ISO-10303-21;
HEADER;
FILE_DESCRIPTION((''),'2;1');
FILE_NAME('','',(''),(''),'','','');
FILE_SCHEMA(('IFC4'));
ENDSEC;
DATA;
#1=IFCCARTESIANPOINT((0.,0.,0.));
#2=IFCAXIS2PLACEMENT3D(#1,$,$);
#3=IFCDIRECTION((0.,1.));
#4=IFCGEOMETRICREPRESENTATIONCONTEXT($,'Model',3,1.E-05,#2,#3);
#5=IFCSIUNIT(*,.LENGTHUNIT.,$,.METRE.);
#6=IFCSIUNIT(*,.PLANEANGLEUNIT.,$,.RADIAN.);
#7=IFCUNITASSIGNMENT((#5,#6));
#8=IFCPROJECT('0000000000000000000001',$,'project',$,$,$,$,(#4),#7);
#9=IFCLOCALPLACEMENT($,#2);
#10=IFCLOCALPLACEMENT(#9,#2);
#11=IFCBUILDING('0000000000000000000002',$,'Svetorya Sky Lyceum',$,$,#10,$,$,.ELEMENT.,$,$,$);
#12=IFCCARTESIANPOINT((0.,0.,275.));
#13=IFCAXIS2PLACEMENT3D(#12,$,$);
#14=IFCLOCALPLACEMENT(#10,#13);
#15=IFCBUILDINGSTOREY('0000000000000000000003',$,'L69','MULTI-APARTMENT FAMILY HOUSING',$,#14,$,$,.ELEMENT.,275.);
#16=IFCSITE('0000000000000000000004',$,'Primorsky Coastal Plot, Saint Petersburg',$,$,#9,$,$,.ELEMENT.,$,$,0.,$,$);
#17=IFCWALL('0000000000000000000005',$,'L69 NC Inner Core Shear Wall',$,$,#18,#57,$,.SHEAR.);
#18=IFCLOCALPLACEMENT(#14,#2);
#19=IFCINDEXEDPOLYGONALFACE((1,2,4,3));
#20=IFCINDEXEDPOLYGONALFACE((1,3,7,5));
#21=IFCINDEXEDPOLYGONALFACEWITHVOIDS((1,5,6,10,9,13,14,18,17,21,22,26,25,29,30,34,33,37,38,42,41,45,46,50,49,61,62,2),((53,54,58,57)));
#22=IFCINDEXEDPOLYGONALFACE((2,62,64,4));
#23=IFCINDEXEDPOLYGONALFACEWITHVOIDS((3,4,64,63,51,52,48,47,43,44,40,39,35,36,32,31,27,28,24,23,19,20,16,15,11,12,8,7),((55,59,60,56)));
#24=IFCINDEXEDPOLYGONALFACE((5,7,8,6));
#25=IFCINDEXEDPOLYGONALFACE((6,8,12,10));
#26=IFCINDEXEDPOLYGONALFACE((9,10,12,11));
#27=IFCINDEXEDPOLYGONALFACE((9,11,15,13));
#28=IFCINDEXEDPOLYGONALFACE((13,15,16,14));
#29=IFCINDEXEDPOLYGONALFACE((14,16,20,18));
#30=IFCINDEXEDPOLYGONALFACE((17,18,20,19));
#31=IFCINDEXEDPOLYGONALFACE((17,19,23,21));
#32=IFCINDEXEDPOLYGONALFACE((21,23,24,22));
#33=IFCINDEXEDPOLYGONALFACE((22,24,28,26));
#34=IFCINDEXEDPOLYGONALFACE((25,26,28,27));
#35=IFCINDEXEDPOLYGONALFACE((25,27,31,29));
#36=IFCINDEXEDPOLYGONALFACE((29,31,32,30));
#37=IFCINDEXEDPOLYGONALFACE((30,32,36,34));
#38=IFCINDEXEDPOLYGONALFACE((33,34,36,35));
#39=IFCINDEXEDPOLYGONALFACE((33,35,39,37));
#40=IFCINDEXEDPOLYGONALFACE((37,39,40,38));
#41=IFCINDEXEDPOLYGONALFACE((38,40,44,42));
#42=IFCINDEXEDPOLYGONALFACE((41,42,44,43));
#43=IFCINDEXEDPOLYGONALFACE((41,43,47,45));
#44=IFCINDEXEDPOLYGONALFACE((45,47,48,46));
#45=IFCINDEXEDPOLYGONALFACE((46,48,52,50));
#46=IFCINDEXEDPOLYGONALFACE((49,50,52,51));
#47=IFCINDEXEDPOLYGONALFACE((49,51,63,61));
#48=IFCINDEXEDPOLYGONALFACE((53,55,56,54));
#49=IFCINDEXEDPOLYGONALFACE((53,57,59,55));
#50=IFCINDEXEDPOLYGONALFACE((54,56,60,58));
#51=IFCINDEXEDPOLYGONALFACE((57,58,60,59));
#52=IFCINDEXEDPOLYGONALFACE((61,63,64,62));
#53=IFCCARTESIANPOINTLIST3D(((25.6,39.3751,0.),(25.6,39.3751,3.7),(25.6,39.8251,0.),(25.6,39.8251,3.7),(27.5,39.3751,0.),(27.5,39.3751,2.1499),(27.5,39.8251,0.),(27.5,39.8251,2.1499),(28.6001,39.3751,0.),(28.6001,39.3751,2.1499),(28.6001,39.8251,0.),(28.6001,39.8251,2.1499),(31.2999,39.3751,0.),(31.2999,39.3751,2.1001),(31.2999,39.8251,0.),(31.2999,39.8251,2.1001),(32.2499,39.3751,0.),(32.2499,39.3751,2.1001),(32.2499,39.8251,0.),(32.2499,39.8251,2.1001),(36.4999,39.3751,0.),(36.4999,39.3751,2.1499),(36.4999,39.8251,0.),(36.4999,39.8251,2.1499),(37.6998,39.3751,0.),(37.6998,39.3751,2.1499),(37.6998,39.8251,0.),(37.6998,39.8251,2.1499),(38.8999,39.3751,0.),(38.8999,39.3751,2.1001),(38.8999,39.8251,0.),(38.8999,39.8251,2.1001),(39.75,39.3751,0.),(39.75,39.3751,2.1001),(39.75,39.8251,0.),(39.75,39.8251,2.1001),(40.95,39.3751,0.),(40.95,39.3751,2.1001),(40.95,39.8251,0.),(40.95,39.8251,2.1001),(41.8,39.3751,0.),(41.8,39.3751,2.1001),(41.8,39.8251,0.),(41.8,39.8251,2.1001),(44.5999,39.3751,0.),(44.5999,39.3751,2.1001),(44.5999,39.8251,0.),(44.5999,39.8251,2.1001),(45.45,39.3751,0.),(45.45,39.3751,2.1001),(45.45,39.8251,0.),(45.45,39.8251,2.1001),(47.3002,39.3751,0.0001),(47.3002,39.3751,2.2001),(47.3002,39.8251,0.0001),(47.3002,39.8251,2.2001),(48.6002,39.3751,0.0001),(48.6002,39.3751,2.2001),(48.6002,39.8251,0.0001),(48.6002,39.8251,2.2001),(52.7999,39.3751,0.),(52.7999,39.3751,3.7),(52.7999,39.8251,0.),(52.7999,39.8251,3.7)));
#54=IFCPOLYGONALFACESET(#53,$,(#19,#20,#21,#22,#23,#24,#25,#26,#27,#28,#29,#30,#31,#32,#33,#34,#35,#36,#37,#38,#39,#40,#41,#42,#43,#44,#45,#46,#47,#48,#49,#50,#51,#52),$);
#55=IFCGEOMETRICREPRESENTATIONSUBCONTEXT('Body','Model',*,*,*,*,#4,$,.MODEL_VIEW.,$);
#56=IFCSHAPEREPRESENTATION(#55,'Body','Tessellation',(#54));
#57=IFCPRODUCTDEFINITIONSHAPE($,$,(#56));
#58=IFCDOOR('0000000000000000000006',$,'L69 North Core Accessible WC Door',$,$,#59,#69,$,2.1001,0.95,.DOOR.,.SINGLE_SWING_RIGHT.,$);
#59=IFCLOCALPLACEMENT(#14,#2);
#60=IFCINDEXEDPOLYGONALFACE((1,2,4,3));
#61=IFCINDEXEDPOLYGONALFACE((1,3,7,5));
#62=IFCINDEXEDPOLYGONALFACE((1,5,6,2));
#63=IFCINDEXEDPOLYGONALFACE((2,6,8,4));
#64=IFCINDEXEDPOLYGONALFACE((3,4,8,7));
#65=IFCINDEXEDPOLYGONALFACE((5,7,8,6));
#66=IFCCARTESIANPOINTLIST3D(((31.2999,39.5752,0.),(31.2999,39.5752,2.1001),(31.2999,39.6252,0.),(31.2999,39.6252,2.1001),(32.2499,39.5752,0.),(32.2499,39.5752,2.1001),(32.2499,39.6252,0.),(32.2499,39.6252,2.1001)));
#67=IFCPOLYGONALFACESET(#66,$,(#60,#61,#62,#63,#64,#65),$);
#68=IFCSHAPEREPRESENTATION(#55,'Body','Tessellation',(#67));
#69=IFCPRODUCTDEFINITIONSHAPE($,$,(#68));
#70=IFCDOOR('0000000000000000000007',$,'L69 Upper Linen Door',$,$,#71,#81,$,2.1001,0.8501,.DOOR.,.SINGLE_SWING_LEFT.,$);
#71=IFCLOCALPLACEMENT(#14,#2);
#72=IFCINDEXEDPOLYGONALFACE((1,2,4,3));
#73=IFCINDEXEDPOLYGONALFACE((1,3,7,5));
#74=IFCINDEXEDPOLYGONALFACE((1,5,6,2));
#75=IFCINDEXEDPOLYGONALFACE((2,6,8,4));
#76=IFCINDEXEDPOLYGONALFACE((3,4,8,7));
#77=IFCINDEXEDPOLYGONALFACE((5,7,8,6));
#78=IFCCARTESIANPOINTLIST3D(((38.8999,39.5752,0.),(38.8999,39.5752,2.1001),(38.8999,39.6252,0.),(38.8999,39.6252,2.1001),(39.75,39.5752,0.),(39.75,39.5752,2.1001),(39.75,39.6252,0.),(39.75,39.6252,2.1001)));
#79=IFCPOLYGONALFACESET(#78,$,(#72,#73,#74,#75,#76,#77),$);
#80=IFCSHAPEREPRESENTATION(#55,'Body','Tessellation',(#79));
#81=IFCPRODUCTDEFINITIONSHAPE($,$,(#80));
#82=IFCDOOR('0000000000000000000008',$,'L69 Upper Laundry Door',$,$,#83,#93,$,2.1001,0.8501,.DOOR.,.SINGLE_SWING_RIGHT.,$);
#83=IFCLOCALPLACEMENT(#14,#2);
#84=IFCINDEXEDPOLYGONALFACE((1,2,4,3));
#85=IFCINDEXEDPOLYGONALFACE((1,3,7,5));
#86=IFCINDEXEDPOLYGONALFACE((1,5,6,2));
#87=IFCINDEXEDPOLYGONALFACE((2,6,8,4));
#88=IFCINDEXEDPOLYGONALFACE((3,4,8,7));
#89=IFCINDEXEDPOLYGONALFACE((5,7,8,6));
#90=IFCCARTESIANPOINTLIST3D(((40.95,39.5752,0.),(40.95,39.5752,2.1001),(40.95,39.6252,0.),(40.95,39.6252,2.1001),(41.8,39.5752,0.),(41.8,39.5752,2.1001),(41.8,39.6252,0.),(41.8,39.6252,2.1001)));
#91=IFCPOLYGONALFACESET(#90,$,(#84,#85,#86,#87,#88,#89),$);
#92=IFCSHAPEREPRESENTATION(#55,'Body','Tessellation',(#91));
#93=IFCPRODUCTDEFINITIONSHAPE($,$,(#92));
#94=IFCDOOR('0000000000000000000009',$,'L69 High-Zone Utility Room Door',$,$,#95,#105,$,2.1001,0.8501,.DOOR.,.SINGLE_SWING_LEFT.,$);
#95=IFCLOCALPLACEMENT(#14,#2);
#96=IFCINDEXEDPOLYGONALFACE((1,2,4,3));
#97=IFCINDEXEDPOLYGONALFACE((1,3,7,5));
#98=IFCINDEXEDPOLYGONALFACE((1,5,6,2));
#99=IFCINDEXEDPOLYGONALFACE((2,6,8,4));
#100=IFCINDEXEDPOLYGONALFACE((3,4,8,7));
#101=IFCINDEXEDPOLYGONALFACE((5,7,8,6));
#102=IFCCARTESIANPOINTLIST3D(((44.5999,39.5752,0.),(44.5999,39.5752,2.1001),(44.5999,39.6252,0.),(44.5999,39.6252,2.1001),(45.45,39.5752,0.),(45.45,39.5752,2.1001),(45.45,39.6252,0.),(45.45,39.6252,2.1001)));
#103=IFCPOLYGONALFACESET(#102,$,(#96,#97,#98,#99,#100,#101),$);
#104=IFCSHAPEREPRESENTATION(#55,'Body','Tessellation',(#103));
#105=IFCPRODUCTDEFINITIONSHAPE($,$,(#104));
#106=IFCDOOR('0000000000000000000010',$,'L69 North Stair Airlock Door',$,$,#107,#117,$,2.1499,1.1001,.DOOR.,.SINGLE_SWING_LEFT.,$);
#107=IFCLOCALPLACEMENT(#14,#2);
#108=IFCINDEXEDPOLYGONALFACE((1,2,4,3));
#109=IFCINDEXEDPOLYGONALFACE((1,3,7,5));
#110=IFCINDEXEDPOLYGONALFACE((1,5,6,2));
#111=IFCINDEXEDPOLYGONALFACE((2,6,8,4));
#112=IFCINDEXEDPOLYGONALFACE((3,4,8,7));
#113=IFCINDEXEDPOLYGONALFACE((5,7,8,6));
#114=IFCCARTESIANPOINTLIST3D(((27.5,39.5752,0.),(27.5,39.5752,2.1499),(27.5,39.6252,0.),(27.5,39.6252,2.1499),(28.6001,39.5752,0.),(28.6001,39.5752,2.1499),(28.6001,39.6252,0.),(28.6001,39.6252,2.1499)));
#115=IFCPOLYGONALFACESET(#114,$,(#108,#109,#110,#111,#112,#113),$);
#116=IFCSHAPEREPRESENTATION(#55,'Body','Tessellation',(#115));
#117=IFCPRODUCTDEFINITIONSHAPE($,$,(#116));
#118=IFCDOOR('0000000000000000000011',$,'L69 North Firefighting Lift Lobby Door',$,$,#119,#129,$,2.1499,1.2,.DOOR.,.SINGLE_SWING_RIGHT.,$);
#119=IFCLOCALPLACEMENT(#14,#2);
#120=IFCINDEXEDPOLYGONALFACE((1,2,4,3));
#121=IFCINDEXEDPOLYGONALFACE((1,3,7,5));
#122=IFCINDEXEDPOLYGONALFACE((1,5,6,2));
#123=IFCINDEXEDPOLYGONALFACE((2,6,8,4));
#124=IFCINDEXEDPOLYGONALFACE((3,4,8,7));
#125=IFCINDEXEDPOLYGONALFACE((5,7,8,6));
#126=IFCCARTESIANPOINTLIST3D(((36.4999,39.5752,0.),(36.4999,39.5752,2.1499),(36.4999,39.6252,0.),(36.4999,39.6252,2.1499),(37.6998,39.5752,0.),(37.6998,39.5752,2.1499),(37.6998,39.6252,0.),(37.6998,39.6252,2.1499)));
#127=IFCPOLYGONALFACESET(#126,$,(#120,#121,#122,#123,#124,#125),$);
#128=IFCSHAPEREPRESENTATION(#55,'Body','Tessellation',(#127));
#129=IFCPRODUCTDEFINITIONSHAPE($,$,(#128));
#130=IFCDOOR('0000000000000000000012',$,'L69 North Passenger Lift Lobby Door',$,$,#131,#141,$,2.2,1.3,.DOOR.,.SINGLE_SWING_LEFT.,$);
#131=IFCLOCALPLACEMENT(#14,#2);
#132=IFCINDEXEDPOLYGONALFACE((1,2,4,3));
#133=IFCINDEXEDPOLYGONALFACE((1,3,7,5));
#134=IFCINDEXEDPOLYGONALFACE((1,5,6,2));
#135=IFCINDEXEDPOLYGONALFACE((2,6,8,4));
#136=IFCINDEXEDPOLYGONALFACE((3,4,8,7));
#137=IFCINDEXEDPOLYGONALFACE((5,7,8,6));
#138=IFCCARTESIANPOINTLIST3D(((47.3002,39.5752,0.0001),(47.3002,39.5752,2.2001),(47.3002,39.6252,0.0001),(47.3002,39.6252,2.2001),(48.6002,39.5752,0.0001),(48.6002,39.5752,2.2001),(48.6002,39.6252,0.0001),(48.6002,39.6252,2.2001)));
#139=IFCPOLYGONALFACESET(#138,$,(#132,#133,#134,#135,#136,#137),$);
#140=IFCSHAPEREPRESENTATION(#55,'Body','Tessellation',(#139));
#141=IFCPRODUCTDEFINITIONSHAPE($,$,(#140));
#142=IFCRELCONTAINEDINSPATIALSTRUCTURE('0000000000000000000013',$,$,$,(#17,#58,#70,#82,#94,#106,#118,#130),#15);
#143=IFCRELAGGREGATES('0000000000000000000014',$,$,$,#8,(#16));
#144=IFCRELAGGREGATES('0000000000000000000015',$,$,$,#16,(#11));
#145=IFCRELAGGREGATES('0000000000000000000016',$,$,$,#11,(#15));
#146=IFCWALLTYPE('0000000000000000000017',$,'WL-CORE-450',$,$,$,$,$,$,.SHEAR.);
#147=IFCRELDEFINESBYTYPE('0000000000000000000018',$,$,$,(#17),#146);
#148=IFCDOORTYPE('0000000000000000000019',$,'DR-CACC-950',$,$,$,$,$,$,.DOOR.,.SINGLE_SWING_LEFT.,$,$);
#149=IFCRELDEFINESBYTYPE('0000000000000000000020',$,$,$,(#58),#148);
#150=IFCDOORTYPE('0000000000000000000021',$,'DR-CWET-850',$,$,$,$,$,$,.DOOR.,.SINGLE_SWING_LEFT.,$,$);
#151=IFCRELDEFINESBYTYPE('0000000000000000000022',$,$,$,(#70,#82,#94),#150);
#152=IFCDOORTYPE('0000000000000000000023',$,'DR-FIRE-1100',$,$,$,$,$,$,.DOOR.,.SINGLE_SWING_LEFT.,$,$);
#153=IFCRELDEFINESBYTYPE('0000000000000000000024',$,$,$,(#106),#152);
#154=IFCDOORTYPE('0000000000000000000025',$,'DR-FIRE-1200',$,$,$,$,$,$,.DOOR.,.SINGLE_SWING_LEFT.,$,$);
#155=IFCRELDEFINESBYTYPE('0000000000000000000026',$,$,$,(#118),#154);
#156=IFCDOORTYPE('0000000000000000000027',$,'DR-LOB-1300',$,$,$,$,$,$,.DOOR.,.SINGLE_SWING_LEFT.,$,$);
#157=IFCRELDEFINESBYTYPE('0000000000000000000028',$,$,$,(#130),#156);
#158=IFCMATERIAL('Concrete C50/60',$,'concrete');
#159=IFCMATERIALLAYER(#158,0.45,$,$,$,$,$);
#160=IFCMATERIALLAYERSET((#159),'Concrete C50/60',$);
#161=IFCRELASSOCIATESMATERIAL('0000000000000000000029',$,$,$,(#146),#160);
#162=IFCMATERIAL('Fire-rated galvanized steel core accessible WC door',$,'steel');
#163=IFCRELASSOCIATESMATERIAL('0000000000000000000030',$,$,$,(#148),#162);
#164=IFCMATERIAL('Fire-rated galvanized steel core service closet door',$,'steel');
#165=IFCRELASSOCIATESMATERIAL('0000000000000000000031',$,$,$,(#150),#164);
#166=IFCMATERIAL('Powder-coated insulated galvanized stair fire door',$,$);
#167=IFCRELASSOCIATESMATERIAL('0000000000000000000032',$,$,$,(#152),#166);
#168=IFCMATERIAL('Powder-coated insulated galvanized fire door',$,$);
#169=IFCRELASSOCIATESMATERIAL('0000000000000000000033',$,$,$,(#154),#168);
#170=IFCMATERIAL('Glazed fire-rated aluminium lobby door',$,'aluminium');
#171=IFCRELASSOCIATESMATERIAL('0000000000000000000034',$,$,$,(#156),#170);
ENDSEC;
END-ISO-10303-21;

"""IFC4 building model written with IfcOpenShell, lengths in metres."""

from ifc_helpers import new_model, si_unit, direction, frame, frame_2d, origin, place, context, subcontext, project, spatial, rectangle, extrude, material, layer, layer_set, type_object, element, fill, save


model = new_model("IFC4")

# Units and contexts
model_context = context("Model", 3, precision=1e-05, world=origin(), true_north=direction((0.0, 1.0)))
body_context = subcontext(model_context, "Body", "Model", "MODEL_VIEW")
ifc_project = project(units=[si_unit("LENGTHUNIT", "METRE"), si_unit("PLANEANGLEUNIT", "RADIAN")], contexts=[model_context])

# Site, building, storey
site_placement = place(None, origin())
site = spatial("IfcSite", under=ifc_project, at=site_placement, Name="Primorsky Coastal Plot, Saint Petersburg", CompositionType="ELEMENT", RefElevation=0.0)
building_placement = place(site_placement, origin())
building = spatial("IfcBuilding", under=site, at=building_placement, Name="Svetorya Sky Lyceum", CompositionType="ELEMENT")
storey_placement = place(building_placement, frame((0.0, 0.0, 275.0)))
storey = spatial("IfcBuildingStorey", under=building, at=storey_placement, Name="L69", Description="MULTI-APARTMENT FAMILY HOUSING", CompositionType="ELEMENT", Elevation=275.0)

# Shared definitions
ifc_material_1 = material(Name="Concrete C50/60", Category="concrete")

# Shared definitions
ifc_layer_1 = layer(ifc_material_1, 0.45)
ifc_layer_set_1 = layer_set([ifc_layer_1], Name="Concrete C50/60")
wall_type_1 = type_object("IfcWallType", Name="WL-CORE-450", PredefinedType="SHEAR", material=ifc_layer_set_1)

# Wall, openings, doors
wall_1_placement = place(storey_placement, frame((52.8, 39.6001, 0.0), z_axis=(0.0, 0.0, 1.0), x_axis=(-1.0, 0.0, 0.0)))
wall_1 = element("IfcWall", 1, at=wall_1_placement, inside=storey, type_object=wall_type_1, Name="L69 NC Inner Core Shear Wall", PredefinedType="SHEAR", context=body_context, shape_type="SweptSolid", body=[
    extrude(rectangle(XDim=27.2, YDim=0.45, at=frame_2d((13.6001, 0.0))), origin(), (0.0, 0.0, 1.0), 3.7),
])
opening_1_placement = place(wall_1_placement, frame((24.2, 0.0, 0.0)))
opening_1 = element("IfcOpeningElement", 2, at=opening_1_placement, cuts=wall_1, PredefinedType="OPENING", context=body_context, shape_type="SweptSolid", body=[
    extrude(rectangle(XDim=1.1001, YDim=2.1499, at=frame_2d((0.55, 1.075))), frame((0.0, 0.2349, 0.0), z_axis=(0.0, -1.0, 0.0), x_axis=(1.0, 0.0, 0.0)), (0.0, 0.0, 1.0), 0.47),
])
opening_2_placement = place(wall_1_placement, frame((20.55, 0.0, 0.0)))
opening_2 = element("IfcOpeningElement", 3, at=opening_2_placement, cuts=wall_1, PredefinedType="OPENING", context=body_context, shape_type="SweptSolid", body=[
    extrude(rectangle(XDim=0.95, YDim=2.1001, at=frame_2d((0.4751, 1.05))), frame((0.0, 0.2349, 0.0), z_axis=(0.0, -1.0, 0.0), x_axis=(1.0, 0.0, 0.0)), (0.0, 0.0, 1.0), 0.47),
])
opening_3_placement = place(wall_1_placement, frame((15.1001, 0.0, 0.0)))
opening_3 = element("IfcOpeningElement", 4, at=opening_3_placement, cuts=wall_1, PredefinedType="OPENING", context=body_context, shape_type="SweptSolid", body=[
    extrude(rectangle(XDim=1.2, YDim=2.1499, at=frame_2d((0.6001, 1.075))), frame((0.0, 0.2349, 0.0), z_axis=(0.0, -1.0, 0.0), x_axis=(1.0, 0.0, 0.0)), (0.0, 0.0, 1.0), 0.47),
])
opening_4_placement = place(wall_1_placement, frame((13.05, 0.0, 0.0)))
opening_4 = element("IfcOpeningElement", 5, at=opening_4_placement, cuts=wall_1, PredefinedType="OPENING", context=body_context, shape_type="SweptSolid", body=[
    extrude(rectangle(XDim=0.8501, YDim=2.1001, at=frame_2d((0.425, 1.05))), frame((0.0, 0.2349, 0.0), z_axis=(0.0, -1.0, 0.0), x_axis=(1.0, 0.0, 0.0)), (0.0, 0.0, 1.0), 0.47),
])
opening_5_placement = place(wall_1_placement, frame((11.0, 0.0, 0.0)))
opening_5 = element("IfcOpeningElement", 6, at=opening_5_placement, cuts=wall_1, PredefinedType="OPENING", context=body_context, shape_type="SweptSolid", body=[
    extrude(rectangle(XDim=0.8501, YDim=2.1001, at=frame_2d((0.425, 1.05))), frame((0.0, 0.2349, 0.0), z_axis=(0.0, -1.0, 0.0), x_axis=(1.0, 0.0, 0.0)), (0.0, 0.0, 1.0), 0.47),
])
opening_6_placement = place(wall_1_placement, frame((7.3501, 0.0, 0.0)))
opening_6 = element("IfcOpeningElement", 7, at=opening_6_placement, cuts=wall_1, PredefinedType="OPENING", context=body_context, shape_type="SweptSolid", body=[
    extrude(rectangle(XDim=0.8501, YDim=2.1001, at=frame_2d((0.425, 1.05))), frame((0.0, 0.2349, 0.0), z_axis=(0.0, -1.0, 0.0), x_axis=(1.0, 0.0, 0.0)), (0.0, 0.0, 1.0), 0.47),
])
opening_7_placement = place(wall_1_placement, frame((4.2, 0.0, 0.0)))
opening_7 = element("IfcOpeningElement", 8, at=opening_7_placement, cuts=wall_1, PredefinedType="OPENING", context=body_context, shape_type="SweptSolid", body=[
    extrude(rectangle(XDim=1.3, YDim=2.2, at=frame_2d((0.6499, 1.1001))), frame((0.0, 0.2349, 0.0), z_axis=(0.0, -1.0, 0.0), x_axis=(1.0, 0.0, 0.0)), (0.0, 0.0, 1.0), 0.47),
])
ifc_material_2 = material(Name="Fire-rated galvanized steel core accessible WC door", Category="steel")
door_type_1 = type_object("IfcDoorType", Name="DR-CACC-950", OperationType="SINGLE_SWING_LEFT", PredefinedType="DOOR", material=ifc_material_2)
door_1_placement = place(opening_2_placement, origin())
door_1 = element("IfcDoor", 9, at=door_1_placement, inside=storey, type_object=door_type_1, Name="L69 North Core Accessible WC Door", OperationType="SINGLE_SWING_RIGHT", OverallHeight=2.1001, OverallWidth=0.95, PredefinedType="DOOR", context=body_context, shape_type="SweptSolid", body=[
    extrude(rectangle(XDim=0.95, YDim=2.1001, at=frame_2d((0.4751, 1.05))), frame((0.0, 0.0249, 0.0), z_axis=(0.0, -1.0, 0.0), x_axis=(1.0, 0.0, 0.0)), (0.0, 0.0, 1.0), 0.05),
])
fill(opening_2, door_1)
ifc_material_3 = material(Name="Fire-rated galvanized steel core service closet door", Category="steel")
door_type_2 = type_object("IfcDoorType", Name="DR-CWET-850", OperationType="SINGLE_SWING_LEFT", PredefinedType="DOOR", material=ifc_material_3)
door_2_placement = place(opening_4_placement, origin())
door_2 = element("IfcDoor", 10, at=door_2_placement, inside=storey, type_object=door_type_2, Name="L69 Upper Linen Door", OperationType="SINGLE_SWING_LEFT", OverallHeight=2.1001, OverallWidth=0.8501, PredefinedType="DOOR", context=body_context, shape_type="SweptSolid", body=[
    extrude(rectangle(XDim=0.8501, YDim=2.1001, at=frame_2d((0.425, 1.05))), frame((0.0, 0.0249, 0.0), z_axis=(0.0, -1.0, 0.0), x_axis=(1.0, 0.0, 0.0)), (0.0, 0.0, 1.0), 0.05),
])
fill(opening_4, door_2)
door_3_placement = place(opening_5_placement, origin())
door_3 = element("IfcDoor", 11, at=door_3_placement, inside=storey, type_object=door_type_2, Name="L69 Upper Laundry Door", OperationType="SINGLE_SWING_RIGHT", OverallHeight=2.1001, OverallWidth=0.8501, PredefinedType="DOOR", context=body_context, shape_type="SweptSolid", body=[
    extrude(rectangle(XDim=0.8501, YDim=2.1001, at=frame_2d((0.425, 1.05))), frame((0.0, 0.0249, 0.0), z_axis=(0.0, -1.0, 0.0), x_axis=(1.0, 0.0, 0.0)), (0.0, 0.0, 1.0), 0.05),
])
fill(opening_5, door_3)
door_4_placement = place(opening_6_placement, origin())
door_4 = element("IfcDoor", 12, at=door_4_placement, inside=storey, type_object=door_type_2, Name="L69 High-Zone Utility Room Door", OperationType="SINGLE_SWING_LEFT", OverallHeight=2.1001, OverallWidth=0.8501, PredefinedType="DOOR", context=body_context, shape_type="SweptSolid", body=[
    extrude(rectangle(XDim=0.8501, YDim=2.1001, at=frame_2d((0.425, 1.05))), frame((0.0, 0.0249, 0.0), z_axis=(0.0, -1.0, 0.0), x_axis=(1.0, 0.0, 0.0)), (0.0, 0.0, 1.0), 0.05),
])
fill(opening_6, door_4)
ifc_material_4 = material(Name="Powder-coated insulated galvanized stair fire door")
door_type_3 = type_object("IfcDoorType", Name="DR-FIRE-1100", OperationType="SINGLE_SWING_LEFT", PredefinedType="DOOR", material=ifc_material_4)
door_5_placement = place(opening_1_placement, origin())
door_5 = element("IfcDoor", 13, at=door_5_placement, inside=storey, type_object=door_type_3, Name="L69 North Stair Airlock Door", OperationType="SINGLE_SWING_LEFT", OverallHeight=2.1499, OverallWidth=1.1001, PredefinedType="DOOR", context=body_context, shape_type="SweptSolid", body=[
    extrude(rectangle(XDim=1.1001, YDim=2.1499, at=frame_2d((0.55, 1.075))), frame((0.0, 0.0249, 0.0), z_axis=(0.0, -1.0, 0.0), x_axis=(1.0, 0.0, 0.0)), (0.0, 0.0, 1.0), 0.05),
])
fill(opening_1, door_5)
ifc_material_5 = material(Name="Powder-coated insulated galvanized fire door")
door_type_4 = type_object("IfcDoorType", Name="DR-FIRE-1200", OperationType="SINGLE_SWING_LEFT", PredefinedType="DOOR", material=ifc_material_5)
door_6_placement = place(opening_3_placement, origin())
door_6 = element("IfcDoor", 14, at=door_6_placement, inside=storey, type_object=door_type_4, Name="L69 North Firefighting Lift Lobby Door", OperationType="SINGLE_SWING_RIGHT", OverallHeight=2.1499, OverallWidth=1.2, PredefinedType="DOOR", context=body_context, shape_type="SweptSolid", body=[
    extrude(rectangle(XDim=1.2, YDim=2.1499, at=frame_2d((0.6001, 1.075))), frame((0.0, 0.0249, 0.0), z_axis=(0.0, -1.0, 0.0), x_axis=(1.0, 0.0, 0.0)), (0.0, 0.0, 1.0), 0.05),
])
fill(opening_3, door_6)
ifc_material_6 = material(Name="Glazed fire-rated aluminium lobby door", Category="aluminium")
door_type_5 = type_object("IfcDoorType", Name="DR-LOB-1300", OperationType="SINGLE_SWING_LEFT", PredefinedType="DOOR", material=ifc_material_6)
door_7_placement = place(opening_7_placement, origin())
door_7 = element("IfcDoor", 15, at=door_7_placement, inside=storey, type_object=door_type_5, Name="L69 North Passenger Lift Lobby Door", OperationType="SINGLE_SWING_LEFT", OverallHeight=2.2, OverallWidth=1.3, PredefinedType="DOOR", context=body_context, shape_type="SweptSolid", body=[
    extrude(rectangle(XDim=1.3, YDim=2.2, at=frame_2d((0.6499, 1.1001))), frame((0.0, 0.0249, 0.0), z_axis=(0.0, -1.0, 0.0), x_axis=(1.0, 0.0, 0.0)), (0.0, 0.0, 1.0), 0.05),
])
fill(opening_7, door_7)

save(model, "model.ifc")
